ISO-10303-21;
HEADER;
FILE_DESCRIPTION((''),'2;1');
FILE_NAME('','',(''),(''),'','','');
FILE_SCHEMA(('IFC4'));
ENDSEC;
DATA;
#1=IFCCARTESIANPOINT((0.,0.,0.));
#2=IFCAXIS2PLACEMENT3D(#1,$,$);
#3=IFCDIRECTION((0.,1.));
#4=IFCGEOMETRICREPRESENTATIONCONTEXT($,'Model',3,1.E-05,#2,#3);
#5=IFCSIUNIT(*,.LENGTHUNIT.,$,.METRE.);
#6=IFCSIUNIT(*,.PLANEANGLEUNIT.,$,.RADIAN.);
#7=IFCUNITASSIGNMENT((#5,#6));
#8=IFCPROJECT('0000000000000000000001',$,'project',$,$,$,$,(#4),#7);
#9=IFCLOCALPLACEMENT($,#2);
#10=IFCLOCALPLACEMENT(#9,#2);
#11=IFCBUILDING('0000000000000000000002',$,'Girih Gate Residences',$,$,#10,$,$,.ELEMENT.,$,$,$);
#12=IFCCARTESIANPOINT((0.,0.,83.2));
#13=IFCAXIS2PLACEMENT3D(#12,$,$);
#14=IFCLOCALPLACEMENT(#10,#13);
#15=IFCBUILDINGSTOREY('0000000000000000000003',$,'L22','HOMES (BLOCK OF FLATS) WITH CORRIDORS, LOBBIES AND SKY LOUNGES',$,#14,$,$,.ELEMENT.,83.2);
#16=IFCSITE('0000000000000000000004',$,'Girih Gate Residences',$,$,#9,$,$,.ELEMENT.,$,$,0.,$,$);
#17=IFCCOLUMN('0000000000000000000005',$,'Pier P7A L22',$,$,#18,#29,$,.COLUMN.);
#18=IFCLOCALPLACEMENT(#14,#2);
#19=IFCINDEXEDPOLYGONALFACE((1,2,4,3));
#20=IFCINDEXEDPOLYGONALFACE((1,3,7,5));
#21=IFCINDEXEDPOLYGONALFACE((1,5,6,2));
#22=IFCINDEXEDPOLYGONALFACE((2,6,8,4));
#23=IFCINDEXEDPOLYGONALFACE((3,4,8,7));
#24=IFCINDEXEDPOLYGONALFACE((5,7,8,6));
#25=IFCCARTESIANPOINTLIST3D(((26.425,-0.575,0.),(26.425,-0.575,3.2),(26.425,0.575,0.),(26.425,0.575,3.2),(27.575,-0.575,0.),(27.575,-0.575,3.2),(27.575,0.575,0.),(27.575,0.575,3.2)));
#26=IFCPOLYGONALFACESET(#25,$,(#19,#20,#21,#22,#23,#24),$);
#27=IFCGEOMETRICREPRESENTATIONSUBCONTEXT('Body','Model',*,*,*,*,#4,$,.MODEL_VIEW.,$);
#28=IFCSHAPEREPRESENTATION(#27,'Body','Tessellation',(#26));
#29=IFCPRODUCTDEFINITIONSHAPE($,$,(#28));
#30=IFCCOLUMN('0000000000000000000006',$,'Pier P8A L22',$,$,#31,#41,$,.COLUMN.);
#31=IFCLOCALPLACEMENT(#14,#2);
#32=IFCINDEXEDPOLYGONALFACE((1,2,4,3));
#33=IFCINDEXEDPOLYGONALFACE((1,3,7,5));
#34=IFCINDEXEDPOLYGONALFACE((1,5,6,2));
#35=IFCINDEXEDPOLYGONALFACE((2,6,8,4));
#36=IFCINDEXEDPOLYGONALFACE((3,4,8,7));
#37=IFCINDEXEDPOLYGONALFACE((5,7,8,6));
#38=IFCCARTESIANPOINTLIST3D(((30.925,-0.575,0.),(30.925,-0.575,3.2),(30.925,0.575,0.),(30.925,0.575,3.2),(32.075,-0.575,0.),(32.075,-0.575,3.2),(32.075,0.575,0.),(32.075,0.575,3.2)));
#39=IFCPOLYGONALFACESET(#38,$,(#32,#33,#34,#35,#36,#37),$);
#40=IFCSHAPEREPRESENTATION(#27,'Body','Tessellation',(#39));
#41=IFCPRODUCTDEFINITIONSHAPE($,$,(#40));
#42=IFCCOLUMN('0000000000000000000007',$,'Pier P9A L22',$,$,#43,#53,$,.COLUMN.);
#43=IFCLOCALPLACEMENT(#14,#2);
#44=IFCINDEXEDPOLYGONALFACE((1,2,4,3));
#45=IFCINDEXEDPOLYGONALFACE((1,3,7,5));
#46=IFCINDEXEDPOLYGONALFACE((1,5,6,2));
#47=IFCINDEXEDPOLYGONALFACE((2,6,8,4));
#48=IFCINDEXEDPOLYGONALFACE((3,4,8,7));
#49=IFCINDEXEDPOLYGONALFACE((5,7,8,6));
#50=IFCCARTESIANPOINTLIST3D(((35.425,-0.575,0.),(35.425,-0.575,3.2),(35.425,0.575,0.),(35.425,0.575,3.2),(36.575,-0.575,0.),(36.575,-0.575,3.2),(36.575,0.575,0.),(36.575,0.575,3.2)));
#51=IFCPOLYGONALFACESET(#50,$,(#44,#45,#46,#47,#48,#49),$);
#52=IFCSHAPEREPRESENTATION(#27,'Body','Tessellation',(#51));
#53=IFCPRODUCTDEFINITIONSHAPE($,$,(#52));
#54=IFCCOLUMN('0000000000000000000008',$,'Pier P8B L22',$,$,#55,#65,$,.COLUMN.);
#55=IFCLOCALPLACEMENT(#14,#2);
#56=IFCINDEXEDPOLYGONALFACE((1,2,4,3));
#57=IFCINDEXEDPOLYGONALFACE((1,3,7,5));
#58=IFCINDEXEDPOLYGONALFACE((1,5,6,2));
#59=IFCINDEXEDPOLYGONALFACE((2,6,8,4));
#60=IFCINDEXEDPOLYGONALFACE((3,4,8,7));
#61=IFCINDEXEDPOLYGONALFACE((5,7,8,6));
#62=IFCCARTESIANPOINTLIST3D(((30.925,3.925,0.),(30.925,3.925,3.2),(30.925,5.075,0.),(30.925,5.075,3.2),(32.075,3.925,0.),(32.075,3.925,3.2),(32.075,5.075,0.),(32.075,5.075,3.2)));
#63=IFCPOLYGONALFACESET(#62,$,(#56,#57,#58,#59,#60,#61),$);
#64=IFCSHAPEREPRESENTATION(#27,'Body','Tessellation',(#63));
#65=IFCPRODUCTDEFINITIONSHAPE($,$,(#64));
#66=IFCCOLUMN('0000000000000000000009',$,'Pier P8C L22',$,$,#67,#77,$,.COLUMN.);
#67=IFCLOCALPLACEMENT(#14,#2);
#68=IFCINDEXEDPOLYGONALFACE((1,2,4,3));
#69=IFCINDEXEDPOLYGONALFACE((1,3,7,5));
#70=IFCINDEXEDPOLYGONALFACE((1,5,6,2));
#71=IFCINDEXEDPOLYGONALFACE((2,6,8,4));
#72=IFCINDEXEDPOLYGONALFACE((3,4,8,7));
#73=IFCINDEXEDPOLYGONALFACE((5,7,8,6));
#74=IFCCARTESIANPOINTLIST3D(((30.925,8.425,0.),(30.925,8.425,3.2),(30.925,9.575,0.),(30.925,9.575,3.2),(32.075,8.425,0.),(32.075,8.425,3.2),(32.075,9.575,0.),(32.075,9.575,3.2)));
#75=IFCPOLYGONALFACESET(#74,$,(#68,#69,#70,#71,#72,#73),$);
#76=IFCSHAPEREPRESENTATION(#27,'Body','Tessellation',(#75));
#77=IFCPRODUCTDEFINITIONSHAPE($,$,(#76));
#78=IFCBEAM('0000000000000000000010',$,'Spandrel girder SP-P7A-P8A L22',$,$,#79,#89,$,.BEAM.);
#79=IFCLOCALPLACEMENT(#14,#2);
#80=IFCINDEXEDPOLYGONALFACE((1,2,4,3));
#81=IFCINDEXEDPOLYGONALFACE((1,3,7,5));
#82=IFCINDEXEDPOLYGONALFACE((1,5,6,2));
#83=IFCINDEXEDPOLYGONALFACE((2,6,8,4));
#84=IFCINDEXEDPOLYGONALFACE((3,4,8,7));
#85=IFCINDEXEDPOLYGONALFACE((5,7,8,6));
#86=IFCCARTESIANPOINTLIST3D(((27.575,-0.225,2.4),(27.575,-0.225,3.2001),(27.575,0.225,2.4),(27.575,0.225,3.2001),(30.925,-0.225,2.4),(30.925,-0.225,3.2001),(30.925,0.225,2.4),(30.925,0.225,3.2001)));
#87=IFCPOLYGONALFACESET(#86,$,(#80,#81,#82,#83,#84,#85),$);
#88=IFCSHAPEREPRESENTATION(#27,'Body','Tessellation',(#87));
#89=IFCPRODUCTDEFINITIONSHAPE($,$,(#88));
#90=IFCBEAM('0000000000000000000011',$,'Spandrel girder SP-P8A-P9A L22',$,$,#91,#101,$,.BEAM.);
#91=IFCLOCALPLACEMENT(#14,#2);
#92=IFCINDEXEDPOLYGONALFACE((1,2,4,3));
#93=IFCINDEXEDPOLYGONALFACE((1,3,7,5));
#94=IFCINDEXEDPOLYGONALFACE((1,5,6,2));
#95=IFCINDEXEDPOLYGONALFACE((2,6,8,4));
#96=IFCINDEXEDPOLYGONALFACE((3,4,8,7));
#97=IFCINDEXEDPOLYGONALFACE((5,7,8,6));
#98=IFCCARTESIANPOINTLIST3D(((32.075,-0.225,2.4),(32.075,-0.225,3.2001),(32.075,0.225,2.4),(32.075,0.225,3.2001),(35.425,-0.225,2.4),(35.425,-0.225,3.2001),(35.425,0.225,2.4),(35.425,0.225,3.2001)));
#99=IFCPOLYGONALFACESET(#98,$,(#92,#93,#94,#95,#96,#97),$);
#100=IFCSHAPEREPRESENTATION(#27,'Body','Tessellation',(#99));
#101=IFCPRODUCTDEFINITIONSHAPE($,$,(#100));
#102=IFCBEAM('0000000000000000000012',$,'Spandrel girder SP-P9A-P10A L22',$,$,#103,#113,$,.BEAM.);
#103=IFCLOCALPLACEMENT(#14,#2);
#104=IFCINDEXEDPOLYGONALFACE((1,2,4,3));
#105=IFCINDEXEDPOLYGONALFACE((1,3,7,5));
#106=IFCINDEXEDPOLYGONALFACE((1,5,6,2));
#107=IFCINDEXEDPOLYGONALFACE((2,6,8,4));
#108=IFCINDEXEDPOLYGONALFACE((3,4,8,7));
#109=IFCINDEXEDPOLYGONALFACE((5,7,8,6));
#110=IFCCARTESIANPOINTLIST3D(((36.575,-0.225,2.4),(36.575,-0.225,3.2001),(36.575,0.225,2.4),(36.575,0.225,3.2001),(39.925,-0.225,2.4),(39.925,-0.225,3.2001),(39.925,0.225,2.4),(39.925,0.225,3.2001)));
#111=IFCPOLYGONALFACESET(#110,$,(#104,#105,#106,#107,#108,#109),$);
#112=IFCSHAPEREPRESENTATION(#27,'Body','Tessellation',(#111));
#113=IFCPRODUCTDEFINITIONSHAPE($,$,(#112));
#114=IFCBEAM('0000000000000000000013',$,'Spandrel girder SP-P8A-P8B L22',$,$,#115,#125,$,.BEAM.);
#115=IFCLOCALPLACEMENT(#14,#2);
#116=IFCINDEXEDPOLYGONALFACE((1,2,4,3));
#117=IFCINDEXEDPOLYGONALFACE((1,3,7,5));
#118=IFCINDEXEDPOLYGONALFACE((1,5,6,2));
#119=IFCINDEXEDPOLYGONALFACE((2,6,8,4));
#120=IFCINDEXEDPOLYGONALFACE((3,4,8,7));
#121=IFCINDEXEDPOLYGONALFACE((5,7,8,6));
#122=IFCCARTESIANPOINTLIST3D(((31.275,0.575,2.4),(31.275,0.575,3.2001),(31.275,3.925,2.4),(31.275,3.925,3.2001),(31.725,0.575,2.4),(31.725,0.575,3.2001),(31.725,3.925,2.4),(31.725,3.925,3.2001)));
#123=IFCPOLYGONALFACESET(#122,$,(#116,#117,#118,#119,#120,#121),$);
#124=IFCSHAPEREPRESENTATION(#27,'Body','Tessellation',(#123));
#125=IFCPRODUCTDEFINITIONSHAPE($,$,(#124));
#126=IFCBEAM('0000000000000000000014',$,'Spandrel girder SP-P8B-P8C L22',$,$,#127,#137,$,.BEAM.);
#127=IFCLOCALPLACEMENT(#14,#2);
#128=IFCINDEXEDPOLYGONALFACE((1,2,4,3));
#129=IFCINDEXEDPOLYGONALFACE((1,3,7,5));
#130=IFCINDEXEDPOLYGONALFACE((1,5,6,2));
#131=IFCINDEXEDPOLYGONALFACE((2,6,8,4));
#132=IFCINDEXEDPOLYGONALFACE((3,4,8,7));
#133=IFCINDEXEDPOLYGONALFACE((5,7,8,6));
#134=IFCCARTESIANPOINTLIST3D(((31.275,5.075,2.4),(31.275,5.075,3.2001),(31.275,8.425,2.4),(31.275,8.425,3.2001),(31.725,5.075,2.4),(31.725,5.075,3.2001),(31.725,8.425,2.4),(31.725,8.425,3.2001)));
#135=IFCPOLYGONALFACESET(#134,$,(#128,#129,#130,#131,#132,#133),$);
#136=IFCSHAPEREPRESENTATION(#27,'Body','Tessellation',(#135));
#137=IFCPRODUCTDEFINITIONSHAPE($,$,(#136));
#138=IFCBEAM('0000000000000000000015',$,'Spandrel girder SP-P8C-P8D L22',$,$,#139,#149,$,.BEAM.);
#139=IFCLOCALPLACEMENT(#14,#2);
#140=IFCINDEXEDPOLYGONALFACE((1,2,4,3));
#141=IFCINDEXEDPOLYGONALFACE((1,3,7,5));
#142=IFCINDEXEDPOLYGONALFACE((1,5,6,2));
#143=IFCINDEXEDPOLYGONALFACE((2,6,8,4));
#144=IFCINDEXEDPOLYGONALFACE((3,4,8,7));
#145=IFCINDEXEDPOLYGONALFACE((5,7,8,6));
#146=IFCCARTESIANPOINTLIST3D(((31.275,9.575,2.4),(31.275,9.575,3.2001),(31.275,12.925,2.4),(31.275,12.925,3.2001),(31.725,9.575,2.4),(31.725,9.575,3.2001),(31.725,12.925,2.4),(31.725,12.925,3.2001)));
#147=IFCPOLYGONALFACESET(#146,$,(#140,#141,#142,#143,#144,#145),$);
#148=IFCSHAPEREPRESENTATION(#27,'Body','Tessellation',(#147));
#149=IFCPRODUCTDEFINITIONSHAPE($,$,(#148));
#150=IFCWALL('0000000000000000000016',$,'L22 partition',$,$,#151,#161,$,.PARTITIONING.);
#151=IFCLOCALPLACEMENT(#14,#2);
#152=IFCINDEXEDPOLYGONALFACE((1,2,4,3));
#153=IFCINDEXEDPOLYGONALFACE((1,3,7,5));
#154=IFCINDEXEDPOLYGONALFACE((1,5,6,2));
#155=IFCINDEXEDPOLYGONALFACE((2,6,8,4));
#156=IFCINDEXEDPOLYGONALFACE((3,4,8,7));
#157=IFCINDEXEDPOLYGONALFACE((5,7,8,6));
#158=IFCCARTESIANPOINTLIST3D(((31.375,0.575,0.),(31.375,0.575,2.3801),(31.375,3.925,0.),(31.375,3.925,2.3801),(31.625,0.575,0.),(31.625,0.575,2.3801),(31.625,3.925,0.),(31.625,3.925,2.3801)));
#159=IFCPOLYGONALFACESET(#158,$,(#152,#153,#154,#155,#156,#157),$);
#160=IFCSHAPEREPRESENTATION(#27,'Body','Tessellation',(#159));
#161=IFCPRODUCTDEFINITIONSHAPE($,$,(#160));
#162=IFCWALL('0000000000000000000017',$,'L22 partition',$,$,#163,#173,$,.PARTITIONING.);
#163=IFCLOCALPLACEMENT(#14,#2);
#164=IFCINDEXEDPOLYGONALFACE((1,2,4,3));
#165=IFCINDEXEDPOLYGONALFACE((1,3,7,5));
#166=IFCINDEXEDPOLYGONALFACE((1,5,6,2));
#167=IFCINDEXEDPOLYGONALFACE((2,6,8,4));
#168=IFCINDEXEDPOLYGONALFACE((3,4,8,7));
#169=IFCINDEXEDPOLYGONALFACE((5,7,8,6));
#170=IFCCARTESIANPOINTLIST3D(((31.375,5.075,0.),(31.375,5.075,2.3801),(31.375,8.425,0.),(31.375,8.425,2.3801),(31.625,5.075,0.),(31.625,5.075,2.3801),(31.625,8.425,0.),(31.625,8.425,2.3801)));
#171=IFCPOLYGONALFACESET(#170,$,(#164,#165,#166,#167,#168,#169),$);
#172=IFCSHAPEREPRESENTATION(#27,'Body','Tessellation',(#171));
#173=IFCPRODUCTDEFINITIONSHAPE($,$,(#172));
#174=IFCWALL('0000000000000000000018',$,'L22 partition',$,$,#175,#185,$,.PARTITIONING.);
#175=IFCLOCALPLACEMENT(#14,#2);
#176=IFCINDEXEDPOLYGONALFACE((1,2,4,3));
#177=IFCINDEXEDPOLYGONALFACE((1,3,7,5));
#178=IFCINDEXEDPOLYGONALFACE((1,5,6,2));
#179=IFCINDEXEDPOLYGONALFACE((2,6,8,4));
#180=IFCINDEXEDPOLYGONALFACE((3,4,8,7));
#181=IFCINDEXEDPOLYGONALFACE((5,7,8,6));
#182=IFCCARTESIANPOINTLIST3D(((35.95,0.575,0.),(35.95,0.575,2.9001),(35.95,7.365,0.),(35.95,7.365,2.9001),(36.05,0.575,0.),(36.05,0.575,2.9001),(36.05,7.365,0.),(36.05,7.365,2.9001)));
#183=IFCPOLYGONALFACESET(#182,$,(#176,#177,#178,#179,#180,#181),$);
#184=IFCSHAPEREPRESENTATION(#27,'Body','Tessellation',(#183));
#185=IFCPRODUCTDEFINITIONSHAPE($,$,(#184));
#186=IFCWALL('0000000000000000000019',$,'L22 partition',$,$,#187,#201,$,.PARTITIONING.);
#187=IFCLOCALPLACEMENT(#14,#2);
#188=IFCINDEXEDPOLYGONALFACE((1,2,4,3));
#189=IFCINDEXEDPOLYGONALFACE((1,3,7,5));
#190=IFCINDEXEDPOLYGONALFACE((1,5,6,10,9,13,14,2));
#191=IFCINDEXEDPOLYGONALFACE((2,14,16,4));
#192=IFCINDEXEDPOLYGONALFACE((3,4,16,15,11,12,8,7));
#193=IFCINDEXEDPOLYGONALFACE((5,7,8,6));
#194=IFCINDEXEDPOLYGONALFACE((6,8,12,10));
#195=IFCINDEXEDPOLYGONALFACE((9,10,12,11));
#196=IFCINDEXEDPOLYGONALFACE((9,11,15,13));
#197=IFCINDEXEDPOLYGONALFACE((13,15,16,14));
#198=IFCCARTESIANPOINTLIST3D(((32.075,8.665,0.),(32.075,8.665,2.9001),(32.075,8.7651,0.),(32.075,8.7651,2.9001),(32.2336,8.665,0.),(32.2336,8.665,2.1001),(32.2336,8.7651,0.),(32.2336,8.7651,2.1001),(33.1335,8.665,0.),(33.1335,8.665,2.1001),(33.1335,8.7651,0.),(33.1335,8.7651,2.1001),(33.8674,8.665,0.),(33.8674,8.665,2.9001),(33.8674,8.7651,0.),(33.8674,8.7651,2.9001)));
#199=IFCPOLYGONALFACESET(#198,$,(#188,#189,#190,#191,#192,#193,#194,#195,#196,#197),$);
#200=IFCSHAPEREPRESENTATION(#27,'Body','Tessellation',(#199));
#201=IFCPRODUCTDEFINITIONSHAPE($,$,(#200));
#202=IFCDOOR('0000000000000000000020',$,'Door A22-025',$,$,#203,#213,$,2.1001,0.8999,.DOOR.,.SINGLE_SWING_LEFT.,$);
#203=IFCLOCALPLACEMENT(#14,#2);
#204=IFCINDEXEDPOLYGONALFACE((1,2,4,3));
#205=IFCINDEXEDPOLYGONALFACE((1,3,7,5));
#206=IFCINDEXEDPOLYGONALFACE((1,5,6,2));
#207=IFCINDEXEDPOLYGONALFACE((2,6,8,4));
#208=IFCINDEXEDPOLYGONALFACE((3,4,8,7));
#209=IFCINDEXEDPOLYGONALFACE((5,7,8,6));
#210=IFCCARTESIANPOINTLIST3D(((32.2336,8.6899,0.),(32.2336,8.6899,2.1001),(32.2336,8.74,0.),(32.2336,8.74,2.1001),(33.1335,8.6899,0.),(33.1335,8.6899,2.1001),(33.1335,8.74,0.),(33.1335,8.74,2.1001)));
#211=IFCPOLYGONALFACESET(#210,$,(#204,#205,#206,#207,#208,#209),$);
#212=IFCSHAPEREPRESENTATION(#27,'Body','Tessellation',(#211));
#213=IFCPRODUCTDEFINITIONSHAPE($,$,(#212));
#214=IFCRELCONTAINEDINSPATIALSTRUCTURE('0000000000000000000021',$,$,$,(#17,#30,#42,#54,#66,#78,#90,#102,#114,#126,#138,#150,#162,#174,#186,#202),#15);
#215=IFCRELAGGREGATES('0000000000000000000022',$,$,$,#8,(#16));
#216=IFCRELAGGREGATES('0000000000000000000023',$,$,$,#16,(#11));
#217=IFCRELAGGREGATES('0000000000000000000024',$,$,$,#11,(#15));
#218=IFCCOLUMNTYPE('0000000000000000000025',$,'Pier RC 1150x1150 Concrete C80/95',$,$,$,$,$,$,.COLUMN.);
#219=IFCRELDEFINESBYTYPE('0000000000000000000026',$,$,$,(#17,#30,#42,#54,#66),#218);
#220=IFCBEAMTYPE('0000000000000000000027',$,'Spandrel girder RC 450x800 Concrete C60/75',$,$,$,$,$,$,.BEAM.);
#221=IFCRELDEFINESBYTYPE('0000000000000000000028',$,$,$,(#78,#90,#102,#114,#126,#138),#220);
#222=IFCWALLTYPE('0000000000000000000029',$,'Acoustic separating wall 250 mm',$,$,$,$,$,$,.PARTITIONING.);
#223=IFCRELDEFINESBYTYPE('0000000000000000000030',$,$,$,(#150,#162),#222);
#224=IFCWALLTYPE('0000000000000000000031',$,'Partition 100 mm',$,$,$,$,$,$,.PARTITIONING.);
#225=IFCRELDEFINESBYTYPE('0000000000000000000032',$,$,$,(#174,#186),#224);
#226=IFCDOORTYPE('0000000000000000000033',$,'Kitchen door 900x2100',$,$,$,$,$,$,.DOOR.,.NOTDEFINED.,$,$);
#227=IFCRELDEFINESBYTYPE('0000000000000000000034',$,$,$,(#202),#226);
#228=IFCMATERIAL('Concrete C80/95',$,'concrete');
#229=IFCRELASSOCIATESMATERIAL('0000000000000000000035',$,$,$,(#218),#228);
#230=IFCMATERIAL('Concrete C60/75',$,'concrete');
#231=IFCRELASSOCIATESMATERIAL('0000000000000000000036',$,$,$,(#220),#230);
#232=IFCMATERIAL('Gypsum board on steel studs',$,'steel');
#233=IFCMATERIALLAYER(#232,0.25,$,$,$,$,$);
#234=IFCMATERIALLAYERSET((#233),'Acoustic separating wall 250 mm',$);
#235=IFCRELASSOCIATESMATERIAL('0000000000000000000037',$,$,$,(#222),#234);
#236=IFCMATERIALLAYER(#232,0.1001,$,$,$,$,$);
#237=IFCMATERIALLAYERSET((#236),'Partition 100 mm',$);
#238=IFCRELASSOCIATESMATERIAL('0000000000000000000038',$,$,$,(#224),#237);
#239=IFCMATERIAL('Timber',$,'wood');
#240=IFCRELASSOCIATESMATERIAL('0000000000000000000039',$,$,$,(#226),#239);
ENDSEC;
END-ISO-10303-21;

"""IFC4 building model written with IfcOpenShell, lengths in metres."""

from ifc_helpers import new_model, si_unit, direction, frame, frame_2d, origin, origin_2d, place, context, subcontext, project, spatial, rectangle, extrude, material, layer, layer_set, material_profile, profile_set, type_object, element, fill, save


model = new_model("IFC4")

# Units and contexts
model_context = context("Model", 3, precision=1e-05, world=origin(), true_north=direction((0.0, 1.0)))
body_context = subcontext(model_context, "Body", "Model", "MODEL_VIEW")
ifc_project = project(units=[si_unit("LENGTHUNIT", "METRE"), si_unit("PLANEANGLEUNIT", "RADIAN")], contexts=[model_context])

# Site, building, storey
site_placement = place(None, origin())
site = spatial("IfcSite", under=ifc_project, at=site_placement, Name="Girih Gate Residences", CompositionType="ELEMENT", RefElevation=0.0)
building_placement = place(site_placement, origin())
building = spatial("IfcBuilding", under=site, at=building_placement, Name="Girih Gate Residences", CompositionType="ELEMENT")
storey_placement = place(building_placement, frame((0.0, 0.0, 83.2)))
storey = spatial("IfcBuildingStorey", under=building, at=storey_placement, Name="L22", Description="HOMES (BLOCK OF FLATS) WITH CORRIDORS, LOBBIES AND SKY LOUNGES", CompositionType="ELEMENT", Elevation=83.2)

# Columns
ifc_material_1 = material(Name="Concrete C80/95", Category="concrete")
ifc_material_profile_1 = material_profile(ifc_material_1, rectangle(XDim=1.1499, YDim=1.1499, at=origin_2d()))
ifc_profile_set_1 = profile_set([ifc_material_profile_1], Name="Concrete C80/95")
column_type = type_object("IfcColumnType", Name="Pier RC 1150x1150 Concrete C80/95", PredefinedType="COLUMN", material=ifc_profile_set_1)
for number, where, z_axis, x_axis, name in (
    (1, (27.0, 0.0, 0.0), (0.0, 0.0, 1.0), (1.0, 0.0, 0.0), "Pier P7A L22"),
    (2, (31.5, 0.0, 0.0), (0.0, 0.0, 1.0), (1.0, 0.0, 0.0), "Pier P8A L22"),
    (3, (36.0, 0.0, 0.0), (0.0, 0.0, 1.0), (1.0, 0.0, 0.0), "Pier P9A L22"),
    (4, (31.5, 4.5, 0.0), (0.0, 0.0, 1.0), (1.0, 0.0, 0.0), "Pier P8B L22"),
    (5, (31.5, 9.0, 0.0), (0.0, 0.0, 1.0), (1.0, 0.0, 0.0), "Pier P8C L22"),
):
    element("IfcColumn", number, at=place(storey_placement, frame(where, z_axis=z_axis, x_axis=x_axis)), inside=storey, type_object=column_type, Name=name, PredefinedType="COLUMN", context=body_context, shape_type="SweptSolid", body=[
        extrude(rectangle(XDim=1.1499, YDim=1.1499, at=origin_2d()), origin(), (0.0, 0.0, 1.0), 3.2),
    ])

# Beams
ifc_material_2 = material(Name="Concrete C60/75", Category="concrete")
ifc_material_profile_2 = material_profile(ifc_material_2, rectangle(XDim=0.45, YDim=0.8, at=origin_2d()))
ifc_profile_set_2 = profile_set([ifc_material_profile_2], Name="Concrete C60/75")
beam_type = type_object("IfcBeamType", Name="Spandrel girder RC 450x800 Concrete C60/75", PredefinedType="BEAM", material=ifc_profile_set_2)
for number, where, z_axis, x_axis, name in (
    (6, (27.575, 0.0, 2.8), (1.0, 0.0, 0.0), (0.0, 1.0, 0.0), "Spandrel girder SP-P7A-P8A L22"),
    (7, (32.075, 0.0, 2.8), (1.0, 0.0, 0.0), (0.0, 1.0, 0.0), "Spandrel girder SP-P8A-P9A L22"),
    (8, (36.575, 0.0, 2.8), (1.0, 0.0, 0.0), (0.0, 1.0, 0.0), "Spandrel girder SP-P9A-P10A L22"),
    (9, (31.5, 0.575, 2.8), (0.0, 1.0, 0.0), (-1.0, 0.0, 0.0), "Spandrel girder SP-P8A-P8B L22"),
    (10, (31.5, 5.075, 2.8), (0.0, 1.0, 0.0), (-1.0, 0.0, 0.0), "Spandrel girder SP-P8B-P8C L22"),
    (11, (31.5, 9.575, 2.8), (0.0, 1.0, 0.0), (-1.0, 0.0, 0.0), "Spandrel girder SP-P8C-P8D L22"),
):
    element("IfcBeam", number, at=place(storey_placement, frame(where, z_axis=z_axis, x_axis=x_axis)), inside=storey, type_object=beam_type, Name=name, PredefinedType="BEAM", context=body_context, shape_type="SweptSolid", body=[
        extrude(rectangle(XDim=0.45, YDim=0.8, at=origin_2d()), origin(), (0.0, 0.0, 1.0), 3.3501),
    ])

# Walls
ifc_material_3 = material(Name="Gypsum board on steel studs", Category="steel")
ifc_layer_1 = layer(ifc_material_3, 0.25)
ifc_layer_set_1 = layer_set([ifc_layer_1], Name="Acoustic separating wall 250 mm")
wall_type_1 = type_object("IfcWallType", Name="Acoustic separating wall 250 mm", PredefinedType="PARTITIONING", material=ifc_layer_set_1)
for number, where, z_axis, x_axis, name in (
    (12, (31.5, 0.575, 0.0), (0.0, 0.0, 1.0), (0.0, 1.0, 0.0), "L22 partition"),
    (13, (31.5, 5.075, 0.0), (0.0, 0.0, 1.0), (0.0, 1.0, 0.0), "L22 partition"),
):
    element("IfcWall", number, at=place(storey_placement, frame(where, z_axis=z_axis, x_axis=x_axis)), inside=storey, type_object=wall_type_1, Name=name, PredefinedType="PARTITIONING", context=body_context, shape_type="SweptSolid", body=[
        extrude(rectangle(XDim=3.3501, YDim=0.25, at=frame_2d((1.675, 0.0))), origin(), (0.0, 0.0, 1.0), 2.3801),
    ])
ifc_layer_2 = layer(ifc_material_3, 0.1001)
ifc_layer_set_2 = layer_set([ifc_layer_2], Name="Partition 100 mm")
wall_type_2 = type_object("IfcWallType", Name="Partition 100 mm", PredefinedType="PARTITIONING", material=ifc_layer_set_2)
wall_1_placement = place(storey_placement, frame((36.0, 0.575, 0.0), z_axis=(0.0, 0.0, 1.0), x_axis=(0.0, 1.0, 0.0)))
element("IfcWall", 14, at=wall_1_placement, inside=storey, type_object=wall_type_2, Name="L22 partition", PredefinedType="PARTITIONING", context=body_context, shape_type="SweptSolid", body=[
    extrude(rectangle(XDim=6.79, YDim=0.1001, at=frame_2d((3.395, 0.0))), origin(), (0.0, 0.0, 1.0), 2.9001),
])

# Wall, opening, door
wall_2_placement = place(storey_placement, frame((32.075, 8.7151, 0.0), z_axis=(0.0, 0.0, 1.0), x_axis=(1.0, 0.0, 0.0)))
wall_2 = element("IfcWall", 15, at=wall_2_placement, inside=storey, type_object=wall_type_2, Name="L22 partition", PredefinedType="PARTITIONING", context=body_context, shape_type="SweptSolid", body=[
    extrude(rectangle(XDim=1.7925, YDim=0.1001, at=frame_2d((0.8962, 0.0))), origin(), (0.0, 0.0, 1.0), 2.9001),
])
opening_1_placement = place(wall_2_placement, frame((0.1587, 0.0, 0.0)))
opening_1 = element("IfcOpeningElement", 16, at=opening_1_placement, cuts=wall_2, PredefinedType="OPENING", context=body_context, shape_type="SweptSolid", body=[
    extrude(rectangle(XDim=0.8999, YDim=2.1001, at=frame_2d((0.45, 1.05))), frame((0.0, 0.0601, 0.0), z_axis=(0.0, -1.0, 0.0), x_axis=(1.0, 0.0, 0.0)), (0.0, 0.0, 1.0), 0.1201),
])
ifc_material_4 = material(Name="Timber", Category="wood")
door_type_1 = type_object("IfcDoorType", Name="Kitchen door 900x2100", OperationType="NOTDEFINED", PredefinedType="DOOR", material=ifc_material_4)
door_1_placement = place(opening_1_placement, origin())
door_1 = element("IfcDoor", 17, at=door_1_placement, inside=storey, type_object=door_type_1, Name="Door A22-025", OperationType="SINGLE_SWING_LEFT", OverallHeight=2.1001, OverallWidth=0.8999, PredefinedType="DOOR", context=body_context, shape_type="SweptSolid", body=[
    extrude(rectangle(XDim=0.8999, YDim=2.1001, at=frame_2d((0.45, 1.05))), frame((0.0, 0.0249, 0.0), z_axis=(0.0, -1.0, 0.0), x_axis=(1.0, 0.0, 0.0)), (0.0, 0.0, 1.0), 0.05),
])
fill(opening_1, door_1)

save(model, "model.ifc")
